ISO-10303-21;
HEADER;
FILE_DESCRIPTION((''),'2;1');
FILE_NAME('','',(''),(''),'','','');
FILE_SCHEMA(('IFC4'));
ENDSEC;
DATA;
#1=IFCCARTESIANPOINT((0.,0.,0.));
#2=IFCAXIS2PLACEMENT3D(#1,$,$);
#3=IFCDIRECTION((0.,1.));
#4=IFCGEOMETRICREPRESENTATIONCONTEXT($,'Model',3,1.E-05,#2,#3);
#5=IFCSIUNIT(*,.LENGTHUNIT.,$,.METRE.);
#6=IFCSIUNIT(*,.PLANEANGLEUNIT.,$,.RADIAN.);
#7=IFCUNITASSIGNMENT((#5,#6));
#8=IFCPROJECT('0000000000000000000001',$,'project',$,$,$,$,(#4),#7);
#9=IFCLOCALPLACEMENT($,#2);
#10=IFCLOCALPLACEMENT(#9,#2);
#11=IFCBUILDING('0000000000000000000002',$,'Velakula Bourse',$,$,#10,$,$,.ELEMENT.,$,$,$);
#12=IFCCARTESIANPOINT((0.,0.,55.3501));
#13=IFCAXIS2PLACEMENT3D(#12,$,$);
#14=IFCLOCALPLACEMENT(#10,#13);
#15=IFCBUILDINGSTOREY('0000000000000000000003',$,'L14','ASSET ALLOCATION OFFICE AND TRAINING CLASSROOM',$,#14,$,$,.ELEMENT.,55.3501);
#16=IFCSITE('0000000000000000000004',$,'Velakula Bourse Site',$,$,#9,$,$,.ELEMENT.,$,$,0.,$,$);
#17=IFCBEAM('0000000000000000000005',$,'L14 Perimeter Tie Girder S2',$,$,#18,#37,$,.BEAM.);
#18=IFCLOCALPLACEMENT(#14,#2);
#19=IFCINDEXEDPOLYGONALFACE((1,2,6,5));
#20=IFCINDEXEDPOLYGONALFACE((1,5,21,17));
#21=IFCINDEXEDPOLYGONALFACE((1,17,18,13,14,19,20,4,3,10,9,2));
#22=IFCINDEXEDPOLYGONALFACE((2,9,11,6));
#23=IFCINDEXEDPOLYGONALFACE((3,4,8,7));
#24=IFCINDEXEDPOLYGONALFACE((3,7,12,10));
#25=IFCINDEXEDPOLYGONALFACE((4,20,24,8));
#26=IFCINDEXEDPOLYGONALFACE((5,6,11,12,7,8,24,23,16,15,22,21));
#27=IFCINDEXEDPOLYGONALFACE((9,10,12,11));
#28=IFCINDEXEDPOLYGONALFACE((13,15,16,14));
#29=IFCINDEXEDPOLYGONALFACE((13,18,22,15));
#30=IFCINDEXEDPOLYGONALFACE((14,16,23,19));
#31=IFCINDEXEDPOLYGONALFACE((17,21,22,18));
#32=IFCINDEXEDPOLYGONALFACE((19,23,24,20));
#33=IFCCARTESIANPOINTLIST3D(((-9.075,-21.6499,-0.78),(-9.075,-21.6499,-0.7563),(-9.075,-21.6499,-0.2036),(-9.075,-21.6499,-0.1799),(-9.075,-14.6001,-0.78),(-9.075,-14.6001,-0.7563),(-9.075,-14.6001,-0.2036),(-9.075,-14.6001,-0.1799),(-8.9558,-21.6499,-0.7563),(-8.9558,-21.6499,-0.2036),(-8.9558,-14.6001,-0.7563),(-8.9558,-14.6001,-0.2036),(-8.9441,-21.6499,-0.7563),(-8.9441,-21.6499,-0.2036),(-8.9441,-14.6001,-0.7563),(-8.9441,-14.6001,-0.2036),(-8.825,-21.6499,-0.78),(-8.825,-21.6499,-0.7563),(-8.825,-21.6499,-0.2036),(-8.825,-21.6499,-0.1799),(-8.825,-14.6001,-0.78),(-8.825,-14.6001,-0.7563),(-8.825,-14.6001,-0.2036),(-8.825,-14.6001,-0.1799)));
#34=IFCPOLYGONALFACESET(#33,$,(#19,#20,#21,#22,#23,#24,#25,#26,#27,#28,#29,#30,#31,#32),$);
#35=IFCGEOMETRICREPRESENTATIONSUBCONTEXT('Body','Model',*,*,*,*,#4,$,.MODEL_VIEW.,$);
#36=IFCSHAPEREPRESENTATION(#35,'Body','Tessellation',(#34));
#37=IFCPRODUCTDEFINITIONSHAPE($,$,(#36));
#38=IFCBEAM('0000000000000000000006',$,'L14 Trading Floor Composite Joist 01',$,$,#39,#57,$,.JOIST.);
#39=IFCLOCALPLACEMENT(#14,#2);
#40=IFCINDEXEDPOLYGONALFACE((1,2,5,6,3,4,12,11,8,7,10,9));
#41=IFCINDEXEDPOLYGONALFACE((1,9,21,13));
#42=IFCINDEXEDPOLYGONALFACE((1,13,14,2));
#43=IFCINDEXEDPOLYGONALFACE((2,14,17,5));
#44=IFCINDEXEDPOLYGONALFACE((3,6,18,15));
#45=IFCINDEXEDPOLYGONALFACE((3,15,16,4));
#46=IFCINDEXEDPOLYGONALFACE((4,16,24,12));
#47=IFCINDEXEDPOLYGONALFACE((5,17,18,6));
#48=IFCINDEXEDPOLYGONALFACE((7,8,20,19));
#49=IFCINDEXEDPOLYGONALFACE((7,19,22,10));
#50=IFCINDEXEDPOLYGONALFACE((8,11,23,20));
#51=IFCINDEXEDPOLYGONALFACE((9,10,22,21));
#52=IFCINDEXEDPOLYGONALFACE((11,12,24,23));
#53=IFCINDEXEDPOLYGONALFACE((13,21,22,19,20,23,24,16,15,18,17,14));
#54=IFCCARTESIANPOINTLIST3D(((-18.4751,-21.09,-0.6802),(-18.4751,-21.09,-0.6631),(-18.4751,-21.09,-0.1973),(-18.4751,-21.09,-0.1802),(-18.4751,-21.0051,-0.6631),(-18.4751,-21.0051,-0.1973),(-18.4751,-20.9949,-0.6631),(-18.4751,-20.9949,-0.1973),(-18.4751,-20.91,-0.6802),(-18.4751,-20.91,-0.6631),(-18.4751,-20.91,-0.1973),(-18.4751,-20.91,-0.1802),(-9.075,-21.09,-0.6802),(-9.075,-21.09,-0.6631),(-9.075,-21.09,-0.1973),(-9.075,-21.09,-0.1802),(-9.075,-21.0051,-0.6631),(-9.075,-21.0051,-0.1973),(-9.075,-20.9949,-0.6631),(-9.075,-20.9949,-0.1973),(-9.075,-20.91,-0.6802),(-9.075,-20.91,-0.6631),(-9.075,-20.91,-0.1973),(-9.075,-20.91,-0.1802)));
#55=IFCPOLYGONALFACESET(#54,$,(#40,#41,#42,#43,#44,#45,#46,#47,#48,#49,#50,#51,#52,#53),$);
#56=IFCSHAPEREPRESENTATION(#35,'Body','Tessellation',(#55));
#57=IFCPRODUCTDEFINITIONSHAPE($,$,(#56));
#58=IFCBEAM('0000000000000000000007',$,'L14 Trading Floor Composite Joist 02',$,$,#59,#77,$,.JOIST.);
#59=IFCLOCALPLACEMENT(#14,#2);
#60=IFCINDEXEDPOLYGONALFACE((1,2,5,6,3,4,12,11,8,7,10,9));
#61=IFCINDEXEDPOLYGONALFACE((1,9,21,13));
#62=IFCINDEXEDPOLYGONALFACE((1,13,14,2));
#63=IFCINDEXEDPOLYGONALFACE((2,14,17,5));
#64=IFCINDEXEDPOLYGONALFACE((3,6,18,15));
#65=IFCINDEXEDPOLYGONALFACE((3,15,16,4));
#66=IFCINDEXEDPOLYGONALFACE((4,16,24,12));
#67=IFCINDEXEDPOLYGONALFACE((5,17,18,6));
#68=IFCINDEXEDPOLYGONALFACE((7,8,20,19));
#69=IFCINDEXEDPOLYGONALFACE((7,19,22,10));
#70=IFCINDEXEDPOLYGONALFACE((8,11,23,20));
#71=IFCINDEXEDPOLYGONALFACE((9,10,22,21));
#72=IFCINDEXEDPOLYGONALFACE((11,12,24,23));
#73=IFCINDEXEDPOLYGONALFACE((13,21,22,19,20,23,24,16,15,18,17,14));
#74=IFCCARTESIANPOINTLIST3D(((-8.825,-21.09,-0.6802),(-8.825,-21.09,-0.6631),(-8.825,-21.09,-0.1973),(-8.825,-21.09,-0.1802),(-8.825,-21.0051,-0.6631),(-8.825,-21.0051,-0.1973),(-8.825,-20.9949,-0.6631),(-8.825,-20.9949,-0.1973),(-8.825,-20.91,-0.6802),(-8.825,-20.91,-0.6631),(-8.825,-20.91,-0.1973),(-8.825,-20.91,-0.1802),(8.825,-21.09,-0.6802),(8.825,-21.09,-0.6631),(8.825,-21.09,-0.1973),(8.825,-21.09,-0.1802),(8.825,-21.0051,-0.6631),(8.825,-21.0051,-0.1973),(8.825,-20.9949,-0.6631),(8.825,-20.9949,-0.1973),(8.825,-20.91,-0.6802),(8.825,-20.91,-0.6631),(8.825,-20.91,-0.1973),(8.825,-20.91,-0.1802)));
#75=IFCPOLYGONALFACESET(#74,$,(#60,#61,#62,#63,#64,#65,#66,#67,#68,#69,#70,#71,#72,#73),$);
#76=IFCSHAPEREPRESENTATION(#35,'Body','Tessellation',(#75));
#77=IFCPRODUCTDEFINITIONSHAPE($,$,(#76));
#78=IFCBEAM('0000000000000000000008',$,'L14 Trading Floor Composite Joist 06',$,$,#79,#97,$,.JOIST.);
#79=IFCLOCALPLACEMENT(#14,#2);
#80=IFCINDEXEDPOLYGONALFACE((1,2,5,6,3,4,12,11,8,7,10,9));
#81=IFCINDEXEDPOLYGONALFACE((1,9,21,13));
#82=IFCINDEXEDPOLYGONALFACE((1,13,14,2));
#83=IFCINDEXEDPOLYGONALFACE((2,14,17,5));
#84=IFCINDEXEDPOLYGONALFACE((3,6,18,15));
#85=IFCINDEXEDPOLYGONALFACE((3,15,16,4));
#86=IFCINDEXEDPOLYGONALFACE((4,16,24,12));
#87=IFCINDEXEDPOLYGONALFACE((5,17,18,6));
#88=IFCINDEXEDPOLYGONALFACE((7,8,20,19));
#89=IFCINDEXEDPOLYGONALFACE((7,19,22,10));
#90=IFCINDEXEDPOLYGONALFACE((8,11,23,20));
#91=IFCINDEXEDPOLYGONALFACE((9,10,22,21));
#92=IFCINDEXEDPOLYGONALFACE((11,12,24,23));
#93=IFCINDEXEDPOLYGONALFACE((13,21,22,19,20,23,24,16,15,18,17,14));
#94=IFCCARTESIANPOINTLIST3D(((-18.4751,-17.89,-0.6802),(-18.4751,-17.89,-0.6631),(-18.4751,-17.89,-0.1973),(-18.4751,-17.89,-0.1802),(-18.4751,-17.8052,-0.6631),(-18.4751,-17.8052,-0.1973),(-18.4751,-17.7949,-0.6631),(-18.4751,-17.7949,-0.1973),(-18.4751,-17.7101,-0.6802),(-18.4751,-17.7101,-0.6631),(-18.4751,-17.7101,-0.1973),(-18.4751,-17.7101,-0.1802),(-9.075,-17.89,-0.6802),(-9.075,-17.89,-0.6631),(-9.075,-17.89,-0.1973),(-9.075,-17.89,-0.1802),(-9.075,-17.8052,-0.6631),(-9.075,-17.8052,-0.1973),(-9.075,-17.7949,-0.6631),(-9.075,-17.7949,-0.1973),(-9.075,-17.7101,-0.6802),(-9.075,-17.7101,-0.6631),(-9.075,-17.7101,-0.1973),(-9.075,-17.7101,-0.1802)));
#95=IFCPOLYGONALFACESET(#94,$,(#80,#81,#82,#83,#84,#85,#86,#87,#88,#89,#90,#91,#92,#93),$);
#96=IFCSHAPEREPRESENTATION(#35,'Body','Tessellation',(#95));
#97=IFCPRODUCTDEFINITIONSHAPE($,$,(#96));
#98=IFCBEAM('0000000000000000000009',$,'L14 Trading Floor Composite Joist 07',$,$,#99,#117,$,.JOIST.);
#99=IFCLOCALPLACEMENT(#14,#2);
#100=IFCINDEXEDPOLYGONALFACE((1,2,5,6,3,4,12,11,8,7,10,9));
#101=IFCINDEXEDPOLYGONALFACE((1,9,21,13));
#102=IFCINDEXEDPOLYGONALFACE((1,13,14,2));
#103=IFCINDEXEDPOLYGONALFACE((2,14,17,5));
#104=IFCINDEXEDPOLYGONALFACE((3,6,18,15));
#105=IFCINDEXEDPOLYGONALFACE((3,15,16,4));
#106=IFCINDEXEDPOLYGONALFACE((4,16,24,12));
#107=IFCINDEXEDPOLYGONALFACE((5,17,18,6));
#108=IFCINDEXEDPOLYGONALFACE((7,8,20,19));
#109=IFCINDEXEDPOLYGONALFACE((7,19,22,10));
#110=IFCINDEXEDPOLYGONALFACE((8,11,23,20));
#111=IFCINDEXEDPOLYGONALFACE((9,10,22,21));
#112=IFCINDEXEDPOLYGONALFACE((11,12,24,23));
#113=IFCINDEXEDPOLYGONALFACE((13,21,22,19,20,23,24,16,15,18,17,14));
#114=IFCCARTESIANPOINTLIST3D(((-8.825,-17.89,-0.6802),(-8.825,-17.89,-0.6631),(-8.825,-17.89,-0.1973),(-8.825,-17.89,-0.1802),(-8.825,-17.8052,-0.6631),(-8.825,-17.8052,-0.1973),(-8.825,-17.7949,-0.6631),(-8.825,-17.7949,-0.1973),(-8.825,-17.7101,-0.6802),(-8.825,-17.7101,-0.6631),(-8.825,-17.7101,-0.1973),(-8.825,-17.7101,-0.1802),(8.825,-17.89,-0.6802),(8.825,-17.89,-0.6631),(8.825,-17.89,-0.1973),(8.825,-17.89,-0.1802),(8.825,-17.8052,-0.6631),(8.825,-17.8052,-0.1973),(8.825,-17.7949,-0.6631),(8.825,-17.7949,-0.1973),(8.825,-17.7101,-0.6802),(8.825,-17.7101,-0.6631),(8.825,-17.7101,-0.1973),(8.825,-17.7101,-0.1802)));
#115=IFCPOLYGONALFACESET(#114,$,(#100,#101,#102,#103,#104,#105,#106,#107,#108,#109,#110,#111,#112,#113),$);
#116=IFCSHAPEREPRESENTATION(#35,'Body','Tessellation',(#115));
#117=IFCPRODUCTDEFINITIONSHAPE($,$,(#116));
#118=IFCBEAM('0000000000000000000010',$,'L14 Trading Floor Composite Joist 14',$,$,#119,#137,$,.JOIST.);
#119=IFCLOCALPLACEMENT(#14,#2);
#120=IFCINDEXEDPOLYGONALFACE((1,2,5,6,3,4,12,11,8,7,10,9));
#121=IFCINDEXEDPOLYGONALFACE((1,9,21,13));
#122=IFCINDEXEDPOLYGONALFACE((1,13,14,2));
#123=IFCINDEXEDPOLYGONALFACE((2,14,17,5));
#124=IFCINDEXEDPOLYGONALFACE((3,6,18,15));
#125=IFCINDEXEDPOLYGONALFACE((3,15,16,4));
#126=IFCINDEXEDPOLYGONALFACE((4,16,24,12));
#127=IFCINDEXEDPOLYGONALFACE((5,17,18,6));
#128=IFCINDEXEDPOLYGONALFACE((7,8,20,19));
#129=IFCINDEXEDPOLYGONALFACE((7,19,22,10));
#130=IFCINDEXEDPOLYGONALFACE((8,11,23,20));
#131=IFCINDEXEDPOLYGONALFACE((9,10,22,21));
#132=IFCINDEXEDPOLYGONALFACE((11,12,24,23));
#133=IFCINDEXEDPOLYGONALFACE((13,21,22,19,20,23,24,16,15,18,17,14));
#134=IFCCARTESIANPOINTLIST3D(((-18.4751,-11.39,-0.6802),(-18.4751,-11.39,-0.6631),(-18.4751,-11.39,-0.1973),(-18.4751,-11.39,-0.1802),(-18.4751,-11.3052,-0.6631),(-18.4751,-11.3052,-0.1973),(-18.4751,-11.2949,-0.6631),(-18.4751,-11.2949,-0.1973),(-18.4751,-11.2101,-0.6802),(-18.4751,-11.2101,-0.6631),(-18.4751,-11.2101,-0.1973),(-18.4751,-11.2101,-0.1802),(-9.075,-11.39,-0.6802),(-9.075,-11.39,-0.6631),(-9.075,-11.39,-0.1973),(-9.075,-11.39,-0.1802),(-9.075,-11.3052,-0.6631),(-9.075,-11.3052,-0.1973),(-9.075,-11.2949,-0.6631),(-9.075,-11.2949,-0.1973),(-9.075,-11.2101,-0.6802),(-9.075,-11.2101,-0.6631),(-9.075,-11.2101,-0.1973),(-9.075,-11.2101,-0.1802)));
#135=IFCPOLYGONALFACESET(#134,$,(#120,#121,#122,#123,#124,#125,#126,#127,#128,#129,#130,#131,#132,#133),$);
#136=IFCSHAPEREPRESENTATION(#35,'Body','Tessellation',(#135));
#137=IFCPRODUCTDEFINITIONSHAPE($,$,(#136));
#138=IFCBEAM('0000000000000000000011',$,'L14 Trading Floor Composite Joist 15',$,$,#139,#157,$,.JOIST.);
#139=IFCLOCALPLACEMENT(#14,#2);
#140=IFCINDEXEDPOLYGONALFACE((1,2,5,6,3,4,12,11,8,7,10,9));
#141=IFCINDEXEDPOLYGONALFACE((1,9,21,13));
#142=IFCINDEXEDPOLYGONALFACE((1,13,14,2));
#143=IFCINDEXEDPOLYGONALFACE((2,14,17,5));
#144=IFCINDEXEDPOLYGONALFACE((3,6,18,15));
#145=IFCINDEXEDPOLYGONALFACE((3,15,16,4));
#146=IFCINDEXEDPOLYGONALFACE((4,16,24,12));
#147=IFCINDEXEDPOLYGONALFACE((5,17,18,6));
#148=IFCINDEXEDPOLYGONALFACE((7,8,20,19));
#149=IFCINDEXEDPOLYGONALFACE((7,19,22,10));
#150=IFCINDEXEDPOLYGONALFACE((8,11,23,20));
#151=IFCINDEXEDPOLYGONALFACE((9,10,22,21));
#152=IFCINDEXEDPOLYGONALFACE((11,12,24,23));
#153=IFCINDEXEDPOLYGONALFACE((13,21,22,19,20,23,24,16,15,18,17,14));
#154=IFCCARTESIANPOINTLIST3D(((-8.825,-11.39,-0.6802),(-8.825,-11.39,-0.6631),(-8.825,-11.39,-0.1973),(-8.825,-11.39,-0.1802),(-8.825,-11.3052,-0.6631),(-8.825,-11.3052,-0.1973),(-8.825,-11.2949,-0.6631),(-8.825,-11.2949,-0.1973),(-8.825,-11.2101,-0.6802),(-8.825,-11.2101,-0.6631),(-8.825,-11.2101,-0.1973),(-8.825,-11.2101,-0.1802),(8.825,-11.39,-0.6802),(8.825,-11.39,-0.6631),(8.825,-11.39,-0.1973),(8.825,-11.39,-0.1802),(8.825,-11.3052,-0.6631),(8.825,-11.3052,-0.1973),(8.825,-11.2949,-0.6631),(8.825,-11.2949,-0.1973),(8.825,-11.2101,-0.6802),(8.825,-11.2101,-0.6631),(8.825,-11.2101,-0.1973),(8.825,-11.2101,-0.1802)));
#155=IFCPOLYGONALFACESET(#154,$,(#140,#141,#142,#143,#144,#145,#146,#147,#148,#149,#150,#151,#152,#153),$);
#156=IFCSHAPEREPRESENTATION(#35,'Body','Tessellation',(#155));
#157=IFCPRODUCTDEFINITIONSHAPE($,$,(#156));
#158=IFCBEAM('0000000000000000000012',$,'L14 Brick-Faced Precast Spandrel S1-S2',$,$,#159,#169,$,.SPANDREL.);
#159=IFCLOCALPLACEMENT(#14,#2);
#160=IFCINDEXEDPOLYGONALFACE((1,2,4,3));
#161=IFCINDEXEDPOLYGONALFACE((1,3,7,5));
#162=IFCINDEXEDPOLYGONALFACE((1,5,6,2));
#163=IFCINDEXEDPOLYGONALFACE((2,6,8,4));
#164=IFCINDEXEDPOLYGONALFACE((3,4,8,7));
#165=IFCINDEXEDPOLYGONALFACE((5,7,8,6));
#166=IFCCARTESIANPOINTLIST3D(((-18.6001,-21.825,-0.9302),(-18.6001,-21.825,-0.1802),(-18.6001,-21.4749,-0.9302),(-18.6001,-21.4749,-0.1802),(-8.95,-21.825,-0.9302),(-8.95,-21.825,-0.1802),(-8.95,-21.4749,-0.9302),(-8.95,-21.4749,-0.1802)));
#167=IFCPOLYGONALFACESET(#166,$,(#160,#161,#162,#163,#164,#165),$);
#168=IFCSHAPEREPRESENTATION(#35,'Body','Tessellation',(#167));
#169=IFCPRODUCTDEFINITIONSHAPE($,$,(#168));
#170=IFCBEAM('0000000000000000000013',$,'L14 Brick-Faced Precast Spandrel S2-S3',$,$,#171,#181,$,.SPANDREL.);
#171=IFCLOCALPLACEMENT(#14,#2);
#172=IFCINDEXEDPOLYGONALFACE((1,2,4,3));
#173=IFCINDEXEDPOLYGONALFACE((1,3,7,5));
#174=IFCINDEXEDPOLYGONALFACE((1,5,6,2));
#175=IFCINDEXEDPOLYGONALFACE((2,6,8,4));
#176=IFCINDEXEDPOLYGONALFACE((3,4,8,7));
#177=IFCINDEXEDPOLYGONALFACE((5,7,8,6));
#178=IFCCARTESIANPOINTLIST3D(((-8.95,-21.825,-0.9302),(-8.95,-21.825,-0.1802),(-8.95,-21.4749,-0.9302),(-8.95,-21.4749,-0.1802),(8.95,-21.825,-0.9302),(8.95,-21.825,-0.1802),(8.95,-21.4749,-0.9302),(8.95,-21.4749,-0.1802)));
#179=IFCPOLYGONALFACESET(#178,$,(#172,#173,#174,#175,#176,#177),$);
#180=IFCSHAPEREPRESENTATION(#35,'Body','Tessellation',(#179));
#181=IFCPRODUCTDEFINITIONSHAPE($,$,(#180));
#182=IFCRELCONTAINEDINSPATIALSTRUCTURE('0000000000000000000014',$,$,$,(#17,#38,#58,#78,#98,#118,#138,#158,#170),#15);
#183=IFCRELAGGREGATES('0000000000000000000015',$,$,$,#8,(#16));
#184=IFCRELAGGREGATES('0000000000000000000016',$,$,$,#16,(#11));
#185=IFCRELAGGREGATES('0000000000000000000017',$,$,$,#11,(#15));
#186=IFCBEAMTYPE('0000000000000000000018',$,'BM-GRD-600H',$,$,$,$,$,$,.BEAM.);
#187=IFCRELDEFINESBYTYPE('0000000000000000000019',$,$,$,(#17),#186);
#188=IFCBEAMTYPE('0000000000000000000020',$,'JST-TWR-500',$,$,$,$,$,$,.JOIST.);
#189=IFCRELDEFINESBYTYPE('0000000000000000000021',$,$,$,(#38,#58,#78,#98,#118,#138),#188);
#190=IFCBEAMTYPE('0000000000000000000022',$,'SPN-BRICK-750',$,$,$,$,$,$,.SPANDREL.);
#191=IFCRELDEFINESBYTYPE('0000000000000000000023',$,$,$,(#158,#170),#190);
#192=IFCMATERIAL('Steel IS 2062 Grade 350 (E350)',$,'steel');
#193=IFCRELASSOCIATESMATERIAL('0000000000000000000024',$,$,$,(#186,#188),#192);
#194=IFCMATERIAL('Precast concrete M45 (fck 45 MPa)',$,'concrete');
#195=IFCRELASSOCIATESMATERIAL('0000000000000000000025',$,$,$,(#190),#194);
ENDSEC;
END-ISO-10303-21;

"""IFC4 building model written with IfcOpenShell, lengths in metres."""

from ifc_helpers import new_model, si_unit, direction, frame, origin, origin_2d, place, context, subcontext, project, spatial, rectangle, i_section, extrude, material, material_profile, profile_set, type_object, element, save


model = new_model("IFC4")

# Units and contexts
model_context = context("Model", 3, precision=1e-05, world=origin(), true_north=direction((0.0, 1.0)))
body_context = subcontext(model_context, "Body", "Model", "MODEL_VIEW")
ifc_project = project(units=[si_unit("LENGTHUNIT", "METRE"), si_unit("PLANEANGLEUNIT", "RADIAN")], contexts=[model_context])

# Site, building, storey
site_placement = place(None, origin())
site = spatial("IfcSite", under=ifc_project, at=site_placement, Name="Velakula Bourse Site", CompositionType="ELEMENT", RefElevation=0.0)
building_placement = place(site_placement, origin())
building = spatial("IfcBuilding", under=site, at=building_placement, Name="Velakula Bourse", CompositionType="ELEMENT")
storey_placement = place(building_placement, frame((0.0, 0.0, 55.3501)))
storey = spatial("IfcBuildingStorey", under=building, at=storey_placement, Name="L14", Description="ASSET ALLOCATION OFFICE AND TRAINING CLASSROOM", CompositionType="ELEMENT", Elevation=55.3501)

# Beams
ifc_material_1 = material(Name="Steel IS 2062 Grade 350 (E350)", Category="steel")
ifc_material_profile_1 = material_profile(ifc_material_1, i_section(OverallWidth=0.25, OverallDepth=0.6001, WebThickness=0.0117, FlangeThickness=0.0237, at=origin_2d()), Name="Steel IS 2062 Grade 350 (E350)")
ifc_profile_set_1 = profile_set([ifc_material_profile_1], Name="Steel IS 2062 Grade 350 (E350)")
beam_type_1 = type_object("IfcBeamType", Name="BM-GRD-600H", PredefinedType="BEAM", material=ifc_profile_set_1)
for number, where, z_axis, x_axis, name in (
    (1, (-8.95, -14.6001, -0.48), (0.0, -1.0, 0.0), (1.0, 0.0, 0.0), "L14 Perimeter Tie Girder S2"),
):
    element("IfcBeam", number, at=place(storey_placement, frame(where, z_axis=z_axis, x_axis=x_axis)), inside=storey, type_object=beam_type_1, Name=name, PredefinedType="BEAM", context=body_context, shape_type="SweptSolid", body=[
        extrude(i_section(OverallWidth=0.25, OverallDepth=0.6001, WebThickness=0.0117, FlangeThickness=0.0237, at=origin_2d()), origin(), (0.0, 0.0, 1.0), 7.0498),
    ])
ifc_material_profile_2 = material_profile(ifc_material_1, i_section(OverallWidth=0.1799, OverallDepth=0.5, WebThickness=0.0103, FlangeThickness=0.0171, at=origin_2d()), Name="Steel IS 2062 Grade 350 (E350)")
ifc_profile_set_2 = profile_set([ifc_material_profile_2], Name="Steel IS 2062 Grade 350 (E350)")
beam_type_2 = type_object("IfcBeamType", Name="JST-TWR-500", PredefinedType="JOIST", material=ifc_profile_set_2)
beam_1_placement = place(storey_placement, frame((-18.4751, -21.0, -0.4302), z_axis=(1.0, 0.0, 0.0), x_axis=(0.0, 1.0, 0.0)))
element("IfcBeam", 2, at=beam_1_placement, inside=storey, type_object=beam_type_2, Name="L14 Trading Floor Composite Joist 01", PredefinedType="JOIST", context=body_context, shape_type="SweptSolid", body=[
    extrude(i_section(OverallWidth=0.1799, OverallDepth=0.5, WebThickness=0.0103, FlangeThickness=0.0171, at=origin_2d()), origin(), (0.0, 0.0, 1.0), 9.4001),
])
beam_2_placement = place(storey_placement, frame((-8.825, -21.0, -0.4302), z_axis=(1.0, 0.0, 0.0), x_axis=(0.0, 1.0, 0.0)))
element("IfcBeam", 3, at=beam_2_placement, inside=storey, type_object=beam_type_2, Name="L14 Trading Floor Composite Joist 02", PredefinedType="JOIST", context=body_context, shape_type="SweptSolid", body=[
    extrude(i_section(OverallWidth=0.1799, OverallDepth=0.5, WebThickness=0.0103, FlangeThickness=0.0171, at=origin_2d()), origin(), (0.0, 0.0, 1.0), 17.6499),
])
beam_3_placement = place(storey_placement, frame((-18.4751, -17.8, -0.4302), z_axis=(1.0, 0.0, 0.0), x_axis=(0.0, 1.0, 0.0)))
element("IfcBeam", 4, at=beam_3_placement, inside=storey, type_object=beam_type_2, Name="L14 Trading Floor Composite Joist 06", PredefinedType="JOIST", context=body_context, shape_type="SweptSolid", body=[
    extrude(i_section(OverallWidth=0.1799, OverallDepth=0.5, WebThickness=0.0103, FlangeThickness=0.0171, at=origin_2d()), origin(), (0.0, 0.0, 1.0), 9.4001),
])
beam_4_placement = place(storey_placement, frame((-8.825, -17.8, -0.4302), z_axis=(1.0, 0.0, 0.0), x_axis=(0.0, 1.0, 0.0)))
element("IfcBeam", 5, at=beam_4_placement, inside=storey, type_object=beam_type_2, Name="L14 Trading Floor Composite Joist 07", PredefinedType="JOIST", context=body_context, shape_type="SweptSolid", body=[
    extrude(i_section(OverallWidth=0.1799, OverallDepth=0.5, WebThickness=0.0103, FlangeThickness=0.0171, at=origin_2d()), origin(), (0.0, 0.0, 1.0), 17.6499),
])
beam_5_placement = place(storey_placement, frame((-18.4751, -11.3, -0.4302), z_axis=(1.0, 0.0, 0.0), x_axis=(0.0, 1.0, 0.0)))
element("IfcBeam", 6, at=beam_5_placement, inside=storey, type_object=beam_type_2, Name="L14 Trading Floor Composite Joist 14", PredefinedType="JOIST", context=body_context, shape_type="SweptSolid", body=[
    extrude(i_section(OverallWidth=0.1799, OverallDepth=0.5, WebThickness=0.0103, FlangeThickness=0.0171, at=origin_2d()), origin(), (0.0, 0.0, 1.0), 9.4001),
])
beam_6_placement = place(storey_placement, frame((-8.825, -11.3, -0.4302), z_axis=(1.0, 0.0, 0.0), x_axis=(0.0, 1.0, 0.0)))
element("IfcBeam", 7, at=beam_6_placement, inside=storey, type_object=beam_type_2, Name="L14 Trading Floor Composite Joist 15", PredefinedType="JOIST", context=body_context, shape_type="SweptSolid", body=[
    extrude(i_section(OverallWidth=0.1799, OverallDepth=0.5, WebThickness=0.0103, FlangeThickness=0.0171, at=origin_2d()), origin(), (0.0, 0.0, 1.0), 17.6499),
])
ifc_material_2 = material(Name="Precast concrete M45 (fck 45 MPa)", Category="concrete")
ifc_material_profile_3 = material_profile(ifc_material_2, rectangle(XDim=0.3501, YDim=0.75, at=origin_2d()), Name="Precast concrete M45 (fck 45 MPa)")
ifc_profile_set_3 = profile_set([ifc_material_profile_3], Name="Precast concrete M45 (fck 45 MPa)")
beam_type_3 = type_object("IfcBeamType", Name="SPN-BRICK-750", PredefinedType="SPANDREL", material=ifc_profile_set_3)
beam_7_placement = place(storey_placement, frame((-18.6001, -21.6499, -0.5552), z_axis=(1.0, 0.0, 0.0), x_axis=(0.0, 1.0, 0.0)))
element("IfcBeam", 8, at=beam_7_placement, inside=storey, type_object=beam_type_3, Name="L14 Brick-Faced Precast Spandrel S1-S2", PredefinedType="SPANDREL", context=body_context, shape_type="SweptSolid", body=[
    extrude(rectangle(XDim=0.3501, YDim=0.75, at=origin_2d()), origin(), (0.0, 0.0, 1.0), 9.6501),
])
beam_8_placement = place(storey_placement, frame((-8.95, -21.6499, -0.5552), z_axis=(1.0, 0.0, 0.0), x_axis=(0.0, 1.0, 0.0)))
element("IfcBeam", 9, at=beam_8_placement, inside=storey, type_object=beam_type_3, Name="L14 Brick-Faced Precast Spandrel S2-S3", PredefinedType="SPANDREL", context=body_context, shape_type="SweptSolid", body=[
    extrude(rectangle(XDim=0.3501, YDim=0.75, at=origin_2d()), origin(), (0.0, 0.0, 1.0), 17.8999),
])

save(model, "model.ifc")
